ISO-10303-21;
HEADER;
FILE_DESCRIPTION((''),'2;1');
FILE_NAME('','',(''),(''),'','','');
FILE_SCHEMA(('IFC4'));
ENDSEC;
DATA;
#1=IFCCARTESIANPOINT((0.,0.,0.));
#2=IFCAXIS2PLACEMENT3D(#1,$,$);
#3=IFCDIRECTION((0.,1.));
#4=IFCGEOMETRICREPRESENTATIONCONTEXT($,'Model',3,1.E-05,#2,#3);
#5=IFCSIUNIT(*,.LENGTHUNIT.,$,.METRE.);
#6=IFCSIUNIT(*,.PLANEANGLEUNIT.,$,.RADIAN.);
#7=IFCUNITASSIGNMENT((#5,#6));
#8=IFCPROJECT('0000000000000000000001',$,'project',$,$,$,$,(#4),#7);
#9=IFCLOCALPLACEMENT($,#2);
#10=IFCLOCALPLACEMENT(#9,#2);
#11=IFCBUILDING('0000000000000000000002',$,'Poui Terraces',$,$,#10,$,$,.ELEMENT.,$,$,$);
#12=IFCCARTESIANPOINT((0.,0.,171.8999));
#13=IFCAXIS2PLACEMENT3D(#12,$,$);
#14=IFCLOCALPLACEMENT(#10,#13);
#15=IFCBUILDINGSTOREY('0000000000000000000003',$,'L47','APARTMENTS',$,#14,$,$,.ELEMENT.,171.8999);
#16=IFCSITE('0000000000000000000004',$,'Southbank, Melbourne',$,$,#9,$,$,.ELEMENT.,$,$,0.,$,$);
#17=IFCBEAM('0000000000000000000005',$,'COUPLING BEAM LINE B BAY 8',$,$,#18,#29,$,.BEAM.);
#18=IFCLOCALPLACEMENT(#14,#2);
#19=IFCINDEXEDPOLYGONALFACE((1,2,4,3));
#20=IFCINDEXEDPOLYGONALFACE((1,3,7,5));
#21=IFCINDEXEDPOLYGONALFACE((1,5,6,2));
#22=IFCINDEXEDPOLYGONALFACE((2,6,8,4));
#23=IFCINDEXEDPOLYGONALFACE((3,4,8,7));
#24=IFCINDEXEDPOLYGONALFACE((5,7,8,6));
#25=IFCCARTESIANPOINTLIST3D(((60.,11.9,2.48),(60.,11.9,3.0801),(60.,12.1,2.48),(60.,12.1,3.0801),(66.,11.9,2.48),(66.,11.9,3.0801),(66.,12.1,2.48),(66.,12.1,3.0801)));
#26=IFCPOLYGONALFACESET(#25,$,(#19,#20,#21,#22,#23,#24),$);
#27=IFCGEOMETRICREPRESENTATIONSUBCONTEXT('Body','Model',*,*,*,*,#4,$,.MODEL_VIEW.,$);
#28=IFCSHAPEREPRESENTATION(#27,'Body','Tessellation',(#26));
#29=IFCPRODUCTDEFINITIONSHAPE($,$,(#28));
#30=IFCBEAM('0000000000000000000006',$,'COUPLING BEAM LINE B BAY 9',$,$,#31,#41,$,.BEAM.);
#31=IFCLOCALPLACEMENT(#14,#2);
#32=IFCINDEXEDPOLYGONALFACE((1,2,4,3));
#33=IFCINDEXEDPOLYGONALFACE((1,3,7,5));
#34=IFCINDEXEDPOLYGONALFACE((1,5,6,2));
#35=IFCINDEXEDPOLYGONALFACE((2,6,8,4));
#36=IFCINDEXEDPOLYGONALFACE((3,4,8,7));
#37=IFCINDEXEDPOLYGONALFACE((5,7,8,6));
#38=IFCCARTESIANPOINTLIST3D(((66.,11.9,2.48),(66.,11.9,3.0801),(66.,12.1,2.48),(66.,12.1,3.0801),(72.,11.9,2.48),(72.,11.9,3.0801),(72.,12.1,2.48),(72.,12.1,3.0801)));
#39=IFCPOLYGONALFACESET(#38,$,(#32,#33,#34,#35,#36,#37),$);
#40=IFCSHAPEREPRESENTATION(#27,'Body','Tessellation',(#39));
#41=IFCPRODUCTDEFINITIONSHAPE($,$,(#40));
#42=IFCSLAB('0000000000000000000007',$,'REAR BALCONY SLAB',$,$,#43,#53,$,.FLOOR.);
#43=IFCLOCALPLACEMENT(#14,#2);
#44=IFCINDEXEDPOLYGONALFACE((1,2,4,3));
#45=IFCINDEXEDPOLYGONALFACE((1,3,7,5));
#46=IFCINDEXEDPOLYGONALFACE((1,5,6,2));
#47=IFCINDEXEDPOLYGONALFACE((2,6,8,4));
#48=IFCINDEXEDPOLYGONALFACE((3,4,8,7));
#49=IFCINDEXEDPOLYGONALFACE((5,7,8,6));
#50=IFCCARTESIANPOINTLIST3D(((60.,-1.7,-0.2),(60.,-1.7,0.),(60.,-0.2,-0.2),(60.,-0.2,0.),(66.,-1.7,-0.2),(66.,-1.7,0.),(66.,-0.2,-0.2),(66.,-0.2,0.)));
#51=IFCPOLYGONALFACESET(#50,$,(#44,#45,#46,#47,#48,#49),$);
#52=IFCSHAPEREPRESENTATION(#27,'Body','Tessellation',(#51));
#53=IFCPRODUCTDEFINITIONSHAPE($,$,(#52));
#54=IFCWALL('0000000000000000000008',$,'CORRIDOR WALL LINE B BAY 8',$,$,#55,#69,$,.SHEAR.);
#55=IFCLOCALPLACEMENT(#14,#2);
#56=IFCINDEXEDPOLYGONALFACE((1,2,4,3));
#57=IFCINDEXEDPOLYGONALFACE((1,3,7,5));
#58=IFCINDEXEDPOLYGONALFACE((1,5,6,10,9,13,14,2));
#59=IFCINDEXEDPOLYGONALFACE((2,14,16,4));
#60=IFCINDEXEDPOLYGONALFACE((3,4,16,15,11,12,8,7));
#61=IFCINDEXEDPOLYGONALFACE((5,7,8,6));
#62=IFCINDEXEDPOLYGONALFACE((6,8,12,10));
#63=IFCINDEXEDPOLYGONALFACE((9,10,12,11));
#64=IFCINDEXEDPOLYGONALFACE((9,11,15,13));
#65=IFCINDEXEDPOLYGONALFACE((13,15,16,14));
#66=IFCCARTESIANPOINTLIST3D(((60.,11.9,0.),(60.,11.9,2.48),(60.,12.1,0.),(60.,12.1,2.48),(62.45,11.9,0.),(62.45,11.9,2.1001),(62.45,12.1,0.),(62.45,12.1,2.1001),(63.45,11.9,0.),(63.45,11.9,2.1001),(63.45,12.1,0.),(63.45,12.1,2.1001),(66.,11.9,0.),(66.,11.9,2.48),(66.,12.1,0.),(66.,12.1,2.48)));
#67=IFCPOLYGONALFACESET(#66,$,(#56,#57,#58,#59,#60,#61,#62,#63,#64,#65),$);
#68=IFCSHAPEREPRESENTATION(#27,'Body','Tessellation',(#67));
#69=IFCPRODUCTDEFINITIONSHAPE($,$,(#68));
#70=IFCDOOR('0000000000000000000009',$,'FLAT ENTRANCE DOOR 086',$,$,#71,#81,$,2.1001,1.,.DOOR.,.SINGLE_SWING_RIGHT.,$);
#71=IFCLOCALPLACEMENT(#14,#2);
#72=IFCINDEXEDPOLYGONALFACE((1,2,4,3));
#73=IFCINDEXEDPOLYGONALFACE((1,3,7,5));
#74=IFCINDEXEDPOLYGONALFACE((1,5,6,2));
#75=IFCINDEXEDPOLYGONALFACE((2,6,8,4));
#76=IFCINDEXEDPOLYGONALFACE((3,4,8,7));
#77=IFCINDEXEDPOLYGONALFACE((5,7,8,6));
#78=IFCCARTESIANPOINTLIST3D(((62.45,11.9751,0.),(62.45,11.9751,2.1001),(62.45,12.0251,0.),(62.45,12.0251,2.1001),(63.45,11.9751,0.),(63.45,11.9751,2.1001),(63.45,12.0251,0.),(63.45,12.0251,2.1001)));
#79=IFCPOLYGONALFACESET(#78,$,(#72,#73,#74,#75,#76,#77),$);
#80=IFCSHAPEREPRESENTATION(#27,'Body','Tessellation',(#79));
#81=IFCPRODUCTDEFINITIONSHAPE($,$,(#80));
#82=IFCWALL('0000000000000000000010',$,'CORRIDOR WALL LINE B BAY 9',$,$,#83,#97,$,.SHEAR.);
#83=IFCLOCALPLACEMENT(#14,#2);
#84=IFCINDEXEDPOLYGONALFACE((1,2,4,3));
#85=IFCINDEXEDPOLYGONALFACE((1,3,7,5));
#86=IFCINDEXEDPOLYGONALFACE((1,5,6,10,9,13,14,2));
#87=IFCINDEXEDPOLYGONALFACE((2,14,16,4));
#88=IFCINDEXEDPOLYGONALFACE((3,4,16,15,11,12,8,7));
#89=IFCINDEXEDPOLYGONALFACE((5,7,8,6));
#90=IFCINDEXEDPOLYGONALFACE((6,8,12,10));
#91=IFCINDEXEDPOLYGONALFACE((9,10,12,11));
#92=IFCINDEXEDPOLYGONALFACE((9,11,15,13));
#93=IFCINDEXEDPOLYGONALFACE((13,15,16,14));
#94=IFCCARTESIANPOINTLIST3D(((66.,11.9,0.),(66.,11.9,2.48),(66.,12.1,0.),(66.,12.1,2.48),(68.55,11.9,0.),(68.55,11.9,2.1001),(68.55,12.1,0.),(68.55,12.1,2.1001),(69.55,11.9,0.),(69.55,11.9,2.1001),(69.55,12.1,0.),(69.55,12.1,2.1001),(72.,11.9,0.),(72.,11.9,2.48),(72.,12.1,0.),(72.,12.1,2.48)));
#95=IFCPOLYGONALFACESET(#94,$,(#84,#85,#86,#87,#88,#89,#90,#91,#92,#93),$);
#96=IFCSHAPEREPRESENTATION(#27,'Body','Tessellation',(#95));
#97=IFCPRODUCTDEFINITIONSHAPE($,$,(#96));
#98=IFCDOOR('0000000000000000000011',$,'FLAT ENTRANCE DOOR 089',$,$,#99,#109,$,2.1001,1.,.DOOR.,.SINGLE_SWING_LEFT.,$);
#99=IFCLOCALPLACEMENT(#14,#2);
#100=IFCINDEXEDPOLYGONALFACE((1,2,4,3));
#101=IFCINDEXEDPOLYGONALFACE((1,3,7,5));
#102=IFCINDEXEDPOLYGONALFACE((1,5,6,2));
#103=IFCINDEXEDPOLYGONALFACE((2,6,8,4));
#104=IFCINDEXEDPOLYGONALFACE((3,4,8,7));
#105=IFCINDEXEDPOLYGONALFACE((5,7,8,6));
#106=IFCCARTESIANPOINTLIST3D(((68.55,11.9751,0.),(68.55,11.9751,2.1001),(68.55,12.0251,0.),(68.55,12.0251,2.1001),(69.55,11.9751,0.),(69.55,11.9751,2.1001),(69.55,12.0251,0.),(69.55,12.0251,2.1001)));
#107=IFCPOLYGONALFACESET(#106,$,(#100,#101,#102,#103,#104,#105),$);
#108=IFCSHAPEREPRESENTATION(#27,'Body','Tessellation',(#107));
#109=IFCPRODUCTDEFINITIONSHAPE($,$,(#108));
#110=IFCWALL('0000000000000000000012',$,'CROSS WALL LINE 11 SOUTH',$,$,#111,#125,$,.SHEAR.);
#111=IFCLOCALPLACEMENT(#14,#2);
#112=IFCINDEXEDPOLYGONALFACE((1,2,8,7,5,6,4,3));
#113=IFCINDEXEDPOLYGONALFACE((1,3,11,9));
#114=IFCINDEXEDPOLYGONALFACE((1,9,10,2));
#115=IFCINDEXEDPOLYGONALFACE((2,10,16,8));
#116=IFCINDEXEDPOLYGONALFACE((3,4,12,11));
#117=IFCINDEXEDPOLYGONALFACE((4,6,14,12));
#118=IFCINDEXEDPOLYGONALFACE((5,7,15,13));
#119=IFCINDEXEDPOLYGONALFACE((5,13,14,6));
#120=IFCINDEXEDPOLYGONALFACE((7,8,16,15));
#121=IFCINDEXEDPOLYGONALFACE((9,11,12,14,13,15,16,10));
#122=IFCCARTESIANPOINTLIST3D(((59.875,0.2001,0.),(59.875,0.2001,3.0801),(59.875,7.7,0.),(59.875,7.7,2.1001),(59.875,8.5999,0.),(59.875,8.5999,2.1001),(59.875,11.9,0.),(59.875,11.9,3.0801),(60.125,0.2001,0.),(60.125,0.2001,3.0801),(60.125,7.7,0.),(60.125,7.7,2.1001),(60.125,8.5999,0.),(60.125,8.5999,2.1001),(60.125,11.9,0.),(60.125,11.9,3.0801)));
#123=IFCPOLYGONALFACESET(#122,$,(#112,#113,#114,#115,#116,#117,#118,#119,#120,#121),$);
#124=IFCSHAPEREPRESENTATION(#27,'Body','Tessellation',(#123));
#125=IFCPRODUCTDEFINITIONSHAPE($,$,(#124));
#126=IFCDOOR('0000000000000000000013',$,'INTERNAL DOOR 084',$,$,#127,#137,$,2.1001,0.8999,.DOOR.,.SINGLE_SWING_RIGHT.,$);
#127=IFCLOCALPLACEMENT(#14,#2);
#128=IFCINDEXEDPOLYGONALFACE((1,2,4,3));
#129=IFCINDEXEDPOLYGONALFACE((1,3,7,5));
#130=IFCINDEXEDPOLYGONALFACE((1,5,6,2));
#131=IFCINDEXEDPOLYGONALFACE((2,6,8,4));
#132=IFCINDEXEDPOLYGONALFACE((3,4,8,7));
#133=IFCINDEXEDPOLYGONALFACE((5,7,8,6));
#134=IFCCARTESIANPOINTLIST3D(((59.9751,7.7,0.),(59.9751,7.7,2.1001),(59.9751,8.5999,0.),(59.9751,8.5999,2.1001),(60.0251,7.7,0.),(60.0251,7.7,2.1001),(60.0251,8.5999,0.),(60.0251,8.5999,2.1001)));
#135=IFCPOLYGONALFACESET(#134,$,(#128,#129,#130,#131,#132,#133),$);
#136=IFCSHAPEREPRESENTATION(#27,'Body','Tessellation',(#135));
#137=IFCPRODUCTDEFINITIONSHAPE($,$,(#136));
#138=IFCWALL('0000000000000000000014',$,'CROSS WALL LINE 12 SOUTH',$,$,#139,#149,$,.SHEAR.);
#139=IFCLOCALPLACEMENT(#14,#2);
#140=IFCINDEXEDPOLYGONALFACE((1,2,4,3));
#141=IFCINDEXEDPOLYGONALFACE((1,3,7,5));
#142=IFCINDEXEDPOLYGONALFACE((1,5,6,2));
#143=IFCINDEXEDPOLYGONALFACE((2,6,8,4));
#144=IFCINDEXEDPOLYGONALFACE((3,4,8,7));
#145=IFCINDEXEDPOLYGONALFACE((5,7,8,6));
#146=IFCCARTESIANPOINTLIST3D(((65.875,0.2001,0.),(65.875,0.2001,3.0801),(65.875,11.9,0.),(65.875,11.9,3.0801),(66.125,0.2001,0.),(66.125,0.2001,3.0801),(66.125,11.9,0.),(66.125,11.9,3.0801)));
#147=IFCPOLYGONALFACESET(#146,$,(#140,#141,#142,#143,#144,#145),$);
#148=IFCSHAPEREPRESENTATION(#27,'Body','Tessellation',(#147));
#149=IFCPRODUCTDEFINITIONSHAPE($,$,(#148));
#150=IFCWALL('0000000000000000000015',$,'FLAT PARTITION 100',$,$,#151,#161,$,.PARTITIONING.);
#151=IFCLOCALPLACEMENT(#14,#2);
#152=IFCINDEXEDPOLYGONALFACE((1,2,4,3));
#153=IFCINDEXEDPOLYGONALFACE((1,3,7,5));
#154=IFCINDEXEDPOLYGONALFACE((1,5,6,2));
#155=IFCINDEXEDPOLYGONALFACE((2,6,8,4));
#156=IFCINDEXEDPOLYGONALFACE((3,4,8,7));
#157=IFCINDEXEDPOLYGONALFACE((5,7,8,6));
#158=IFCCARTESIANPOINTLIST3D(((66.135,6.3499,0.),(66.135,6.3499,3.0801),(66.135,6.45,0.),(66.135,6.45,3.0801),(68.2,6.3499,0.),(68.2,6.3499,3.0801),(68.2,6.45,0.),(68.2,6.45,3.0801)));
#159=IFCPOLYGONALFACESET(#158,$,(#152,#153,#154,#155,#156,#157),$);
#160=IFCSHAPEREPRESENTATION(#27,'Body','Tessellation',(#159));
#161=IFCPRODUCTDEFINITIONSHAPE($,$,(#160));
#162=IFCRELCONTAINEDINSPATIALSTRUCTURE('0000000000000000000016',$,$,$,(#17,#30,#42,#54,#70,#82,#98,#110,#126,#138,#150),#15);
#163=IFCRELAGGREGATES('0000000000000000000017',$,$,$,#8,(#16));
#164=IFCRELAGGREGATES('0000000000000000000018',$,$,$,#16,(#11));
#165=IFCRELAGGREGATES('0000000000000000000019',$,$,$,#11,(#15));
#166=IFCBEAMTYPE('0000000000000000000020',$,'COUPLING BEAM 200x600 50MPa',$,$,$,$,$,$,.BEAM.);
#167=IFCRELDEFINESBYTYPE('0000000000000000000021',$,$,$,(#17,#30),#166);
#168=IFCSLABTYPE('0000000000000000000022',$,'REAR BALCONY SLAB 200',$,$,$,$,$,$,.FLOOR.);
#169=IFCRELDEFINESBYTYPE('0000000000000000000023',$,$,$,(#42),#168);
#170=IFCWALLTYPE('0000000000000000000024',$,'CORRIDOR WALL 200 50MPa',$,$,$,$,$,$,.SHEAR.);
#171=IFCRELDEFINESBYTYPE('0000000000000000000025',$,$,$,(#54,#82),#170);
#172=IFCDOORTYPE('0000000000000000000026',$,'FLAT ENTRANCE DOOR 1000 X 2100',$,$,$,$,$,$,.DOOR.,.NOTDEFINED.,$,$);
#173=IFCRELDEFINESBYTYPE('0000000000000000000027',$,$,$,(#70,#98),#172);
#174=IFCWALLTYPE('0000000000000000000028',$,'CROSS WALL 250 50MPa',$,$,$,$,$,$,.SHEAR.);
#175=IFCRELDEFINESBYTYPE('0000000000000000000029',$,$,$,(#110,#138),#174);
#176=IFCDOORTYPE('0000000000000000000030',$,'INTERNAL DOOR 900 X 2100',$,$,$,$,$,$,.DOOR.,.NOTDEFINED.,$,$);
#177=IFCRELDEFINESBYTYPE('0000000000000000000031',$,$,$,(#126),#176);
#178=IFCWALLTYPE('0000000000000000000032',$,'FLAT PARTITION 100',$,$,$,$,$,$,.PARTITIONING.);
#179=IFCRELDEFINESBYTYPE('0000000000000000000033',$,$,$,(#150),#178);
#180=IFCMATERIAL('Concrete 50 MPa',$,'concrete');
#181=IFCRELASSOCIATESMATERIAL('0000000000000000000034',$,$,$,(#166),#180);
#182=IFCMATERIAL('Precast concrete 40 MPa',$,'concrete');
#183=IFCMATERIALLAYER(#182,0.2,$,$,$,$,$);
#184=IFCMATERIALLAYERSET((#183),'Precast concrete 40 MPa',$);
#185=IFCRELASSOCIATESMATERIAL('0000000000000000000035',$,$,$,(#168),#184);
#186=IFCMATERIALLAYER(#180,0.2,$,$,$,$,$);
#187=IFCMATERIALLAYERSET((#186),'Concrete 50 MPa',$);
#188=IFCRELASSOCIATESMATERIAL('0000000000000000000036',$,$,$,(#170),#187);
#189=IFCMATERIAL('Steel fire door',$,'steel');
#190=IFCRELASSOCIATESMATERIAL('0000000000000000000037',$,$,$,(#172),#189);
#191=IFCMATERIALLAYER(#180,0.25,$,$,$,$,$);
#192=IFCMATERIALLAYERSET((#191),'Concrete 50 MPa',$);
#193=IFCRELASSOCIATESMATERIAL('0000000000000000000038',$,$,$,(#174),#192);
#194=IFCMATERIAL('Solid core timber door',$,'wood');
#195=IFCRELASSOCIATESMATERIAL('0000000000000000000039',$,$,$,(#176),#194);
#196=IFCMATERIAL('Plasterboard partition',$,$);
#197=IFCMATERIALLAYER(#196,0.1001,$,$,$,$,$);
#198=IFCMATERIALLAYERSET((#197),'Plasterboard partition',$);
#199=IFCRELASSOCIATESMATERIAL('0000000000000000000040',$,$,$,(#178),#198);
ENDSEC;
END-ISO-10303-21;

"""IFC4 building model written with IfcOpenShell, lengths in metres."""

from ifc_helpers import new_model, si_unit, direction, frame, frame_2d, origin, origin_2d, place, context, subcontext, project, spatial, polyline, rectangle, outline, extrude, source, transform, mapped, material, layer, layer_set, material_profile, profile_set, type_object, element, fill, save


model = new_model("IFC4")

# Units and contexts
model_context = context("Model", 3, precision=1e-05, world=origin(), true_north=direction((0.0, 1.0)))
body_context = subcontext(model_context, "Body", "Model", "MODEL_VIEW")
ifc_project = project(units=[si_unit("LENGTHUNIT", "METRE"), si_unit("PLANEANGLEUNIT", "RADIAN")], contexts=[model_context])

# Site, building, storey
site_placement = place(None, origin())
site = spatial("IfcSite", under=ifc_project, at=site_placement, Name="Southbank, Melbourne", CompositionType="ELEMENT", RefElevation=0.0)
building_placement = place(site_placement, origin())
building = spatial("IfcBuilding", under=site, at=building_placement, Name="Poui Terraces", CompositionType="ELEMENT")
storey_placement = place(building_placement, frame((0.0, 0.0, 171.8999)))
storey = spatial("IfcBuildingStorey", under=building, at=storey_placement, Name="L47", Description="APARTMENTS", CompositionType="ELEMENT", Elevation=171.8999)

# Beams
ifc_material_1 = material(Name="Concrete 50 MPa", Category="concrete")
ifc_material_profile_1 = material_profile(ifc_material_1, rectangle(XDim=0.2, YDim=0.6001, at=origin_2d()), Name="RC 200x600")
ifc_profile_set_1 = profile_set([ifc_material_profile_1], Name="Concrete 50 MPa")
beam_type = type_object("IfcBeamType", Name="COUPLING BEAM 200x600 50MPa", PredefinedType="BEAM", material=ifc_profile_set_1)
shared_shape_1 = source(origin(), body_context, "Body", "SweptSolid", [
    extrude(rectangle(XDim=0.2, YDim=0.6001, at=origin_2d()), origin(), (0.0, 0.0, 1.0), 6.0),
])
for number, where, z_axis, x_axis, name in (
    (1, (60.0, 12.0, 2.78), (1.0, 0.0, 0.0), (0.0, 1.0, 0.0), "COUPLING BEAM LINE B BAY 8"),
    (2, (66.0, 12.0, 2.78), (1.0, 0.0, 0.0), (0.0, 1.0, 0.0), "COUPLING BEAM LINE B BAY 9"),
):
    element("IfcBeam", number, at=place(storey_placement, frame(where, z_axis=z_axis, x_axis=x_axis)), inside=storey, type_object=beam_type, Name=name, PredefinedType="BEAM", context=body_context, shape_type="MappedRepresentation", body=[
        mapped(shared_shape_1, transform((0.0, 0.0, 0.0))),
    ])

# Slab
ifc_material_2 = material(Name="Precast concrete 40 MPa", Category="concrete")
ifc_layer_1 = layer(ifc_material_2, 0.2)
ifc_layer_set_1 = layer_set([ifc_layer_1], Name="Precast concrete 40 MPa")
slab_type = type_object("IfcSlabType", Name="REAR BALCONY SLAB 200", PredefinedType="FLOOR", material=ifc_layer_set_1)
shared_shape_2 = source(origin(), body_context, "Body", "SweptSolid", [
    extrude(outline(polyline([(0.0, 0.0), (6.0, 0.0), (6.0, 1.5), (0.0, 1.5), (0.0, 0.0)])), origin(), (0.0, 0.0, 1.0), 0.2),
])
slab_placement = place(storey_placement, frame((60.0, -1.7, -0.2)))
element("IfcSlab", 3, at=slab_placement, inside=storey, type_object=slab_type, Name="REAR BALCONY SLAB", PredefinedType="FLOOR", context=body_context, shape_type="MappedRepresentation", body=[
    mapped(shared_shape_2, transform((0.0, 0.0, 0.0))),
])

# Walls, openings, doors
ifc_layer_2 = layer(ifc_material_1, 0.2)
ifc_layer_set_2 = layer_set([ifc_layer_2], Name="Concrete 50 MPa")
wall_type_1 = type_object("IfcWallType", Name="CORRIDOR WALL 200 50MPa", PredefinedType="SHEAR", material=ifc_layer_set_2)
wall_1_placement = place(storey_placement, frame((60.0, 12.0, 0.0), z_axis=(0.0, 0.0, 1.0), x_axis=(1.0, 0.0, 0.0)))
wall_1 = element("IfcWall", 4, at=wall_1_placement, inside=storey, type_object=wall_type_1, Name="CORRIDOR WALL LINE B BAY 8", PredefinedType="SHEAR", context=body_context, shape_type="SweptSolid", body=[
    extrude(rectangle(XDim=6.0, YDim=0.2, at=frame_2d((3.0, 0.0))), origin(), (0.0, 0.0, 1.0), 2.48),
])
opening_1_placement = place(wall_1_placement, frame((2.45, 0.0, 0.0)))
opening_1 = element("IfcOpeningElement", 5, at=opening_1_placement, cuts=wall_1, PredefinedType="OPENING", context=body_context, shape_type="SweptSolid", body=[
    extrude(rectangle(XDim=1.0, YDim=2.1001, at=frame_2d((0.5, 1.05))), frame((0.0, 0.1099, 0.0), z_axis=(0.0, -1.0, 0.0), x_axis=(1.0, 0.0, 0.0)), (0.0, 0.0, 1.0), 0.22),
])
ifc_material_3 = material(Name="Steel fire door", Category="steel")
door_type_1 = type_object("IfcDoorType", Name="FLAT ENTRANCE DOOR 1000 X 2100", OperationType="NOTDEFINED", PredefinedType="DOOR", material=ifc_material_3)
door_1_placement = place(opening_1_placement, frame((1.0, 0.0, 0.0), z_axis=(0.0, 0.0, 1.0), x_axis=(-1.0, 0.0, 0.0)))
door_1 = element("IfcDoor", 6, at=door_1_placement, inside=storey, type_object=door_type_1, Name="FLAT ENTRANCE DOOR 086", OperationType="SINGLE_SWING_RIGHT", OverallHeight=2.1001, OverallWidth=1.0, PredefinedType="DOOR", context=body_context, shape_type="SweptSolid", body=[
    extrude(rectangle(XDim=1.0, YDim=2.1001, at=frame_2d((0.5, 1.05))), frame((0.0, 0.0249, 0.0), z_axis=(0.0, -1.0, 0.0), x_axis=(1.0, 0.0, 0.0)), (0.0, 0.0, 1.0), 0.05),
])
fill(opening_1, door_1)
wall_2_placement = place(storey_placement, frame((66.0, 12.0, 0.0), z_axis=(0.0, 0.0, 1.0), x_axis=(1.0, 0.0, 0.0)))
wall_2 = element("IfcWall", 7, at=wall_2_placement, inside=storey, type_object=wall_type_1, Name="CORRIDOR WALL LINE B BAY 9", PredefinedType="SHEAR", context=body_context, shape_type="SweptSolid", body=[
    extrude(rectangle(XDim=6.0, YDim=0.2, at=frame_2d((3.0, 0.0))), origin(), (0.0, 0.0, 1.0), 2.48),
])
opening_2_placement = place(wall_2_placement, frame((2.55, 0.0, 0.0)))
opening_2 = element("IfcOpeningElement", 8, at=opening_2_placement, cuts=wall_2, PredefinedType="OPENING", context=body_context, shape_type="SweptSolid", body=[
    extrude(rectangle(XDim=1.0, YDim=2.1001, at=frame_2d((0.5, 1.05))), frame((0.0, 0.1099, 0.0), z_axis=(0.0, -1.0, 0.0), x_axis=(1.0, 0.0, 0.0)), (0.0, 0.0, 1.0), 0.22),
])
door_2_placement = place(opening_2_placement, frame((1.0, 0.0, 0.0), z_axis=(0.0, 0.0, 1.0), x_axis=(-1.0, 0.0, 0.0)))
door_2 = element("IfcDoor", 9, at=door_2_placement, inside=storey, type_object=door_type_1, Name="FLAT ENTRANCE DOOR 089", OperationType="SINGLE_SWING_LEFT", OverallHeight=2.1001, OverallWidth=1.0, PredefinedType="DOOR", context=body_context, shape_type="SweptSolid", body=[
    extrude(rectangle(XDim=1.0, YDim=2.1001, at=frame_2d((0.5, 1.05))), frame((0.0, 0.0249, 0.0), z_axis=(0.0, -1.0, 0.0), x_axis=(1.0, 0.0, 0.0)), (0.0, 0.0, 1.0), 0.05),
])
fill(opening_2, door_2)
ifc_layer_3 = layer(ifc_material_1, 0.25)
ifc_layer_set_3 = layer_set([ifc_layer_3], Name="Concrete 50 MPa")
wall_type_2 = type_object("IfcWallType", Name="CROSS WALL 250 50MPa", PredefinedType="SHEAR", material=ifc_layer_set_3)
wall_3_placement = place(storey_placement, frame((60.0, 0.2, 0.0), z_axis=(0.0, 0.0, 1.0), x_axis=(0.0, 1.0, 0.0)))
wall_3 = element("IfcWall", 10, at=wall_3_placement, inside=storey, type_object=wall_type_2, Name="CROSS WALL LINE 11 SOUTH", PredefinedType="SHEAR", context=body_context, shape_type="SweptSolid", body=[
    extrude(rectangle(XDim=11.7, YDim=0.25, at=frame_2d((5.8501, 0.0))), origin(), (0.0, 0.0, 1.0), 3.0801),
])
opening_3_placement = place(wall_3_placement, frame((7.5, 0.0, 0.0)))
opening_3 = element("IfcOpeningElement", 11, at=opening_3_placement, cuts=wall_3, PredefinedType="OPENING", context=body_context, shape_type="SweptSolid", body=[
    extrude(rectangle(XDim=0.8999, YDim=2.1001, at=frame_2d((0.45, 1.05))), frame((0.0, 0.135, 0.0), z_axis=(0.0, -1.0, 0.0), x_axis=(1.0, 0.0, 0.0)), (0.0, 0.0, 1.0), 0.27),
])
ifc_material_4 = material(Name="Solid core timber door", Category="wood")
door_type_2 = type_object("IfcDoorType", Name="INTERNAL DOOR 900 X 2100", OperationType="NOTDEFINED", PredefinedType="DOOR", material=ifc_material_4)
door_3_placement = place(opening_3_placement, origin())
door_3 = element("IfcDoor", 12, at=door_3_placement, inside=storey, type_object=door_type_2, Name="INTERNAL DOOR 084", OperationType="SINGLE_SWING_RIGHT", OverallHeight=2.1001, OverallWidth=0.8999, PredefinedType="DOOR", context=body_context, shape_type="SweptSolid", body=[
    extrude(rectangle(XDim=0.8999, YDim=2.1001, at=frame_2d((0.45, 1.05))), frame((0.0, 0.0249, 0.0), z_axis=(0.0, -1.0, 0.0), x_axis=(1.0, 0.0, 0.0)), (0.0, 0.0, 1.0), 0.05),
])
fill(opening_3, door_3)

# Walls
wall_4_placement = place(storey_placement, frame((66.0, 0.2, 0.0), z_axis=(0.0, 0.0, 1.0), x_axis=(0.0, 1.0, 0.0)))
element("IfcWall", 13, at=wall_4_placement, inside=storey, type_object=wall_type_2, Name="CROSS WALL LINE 12 SOUTH", PredefinedType="SHEAR", context=body_context, shape_type="SweptSolid", body=[
    extrude(rectangle(XDim=11.7, YDim=0.25, at=frame_2d((5.8501, 0.0))), origin(), (0.0, 0.0, 1.0), 3.0801),
])
ifc_material_5 = material(Name="Plasterboard partition")
ifc_layer_4 = layer(ifc_material_5, 0.1001)
ifc_layer_set_4 = layer_set([ifc_layer_4], Name="Plasterboard partition")
wall_type_3 = type_object("IfcWallType", Name="FLAT PARTITION 100", PredefinedType="PARTITIONING", material=ifc_layer_set_4)
wall_5_placement = place(storey_placement, frame((66.135, 6.3999, 0.0), z_axis=(0.0, 0.0, 1.0), x_axis=(1.0, 0.0, 0.0)))
element("IfcWall", 14, at=wall_5_placement, inside=storey, type_object=wall_type_3, Name="FLAT PARTITION 100", PredefinedType="PARTITIONING", context=body_context, shape_type="SweptSolid", body=[
    extrude(rectangle(XDim=2.0649, YDim=0.1001, at=frame_2d((1.0325, 0.0))), origin(), (0.0, 0.0, 1.0), 3.0801),
])

save(model, "model.ifc")
